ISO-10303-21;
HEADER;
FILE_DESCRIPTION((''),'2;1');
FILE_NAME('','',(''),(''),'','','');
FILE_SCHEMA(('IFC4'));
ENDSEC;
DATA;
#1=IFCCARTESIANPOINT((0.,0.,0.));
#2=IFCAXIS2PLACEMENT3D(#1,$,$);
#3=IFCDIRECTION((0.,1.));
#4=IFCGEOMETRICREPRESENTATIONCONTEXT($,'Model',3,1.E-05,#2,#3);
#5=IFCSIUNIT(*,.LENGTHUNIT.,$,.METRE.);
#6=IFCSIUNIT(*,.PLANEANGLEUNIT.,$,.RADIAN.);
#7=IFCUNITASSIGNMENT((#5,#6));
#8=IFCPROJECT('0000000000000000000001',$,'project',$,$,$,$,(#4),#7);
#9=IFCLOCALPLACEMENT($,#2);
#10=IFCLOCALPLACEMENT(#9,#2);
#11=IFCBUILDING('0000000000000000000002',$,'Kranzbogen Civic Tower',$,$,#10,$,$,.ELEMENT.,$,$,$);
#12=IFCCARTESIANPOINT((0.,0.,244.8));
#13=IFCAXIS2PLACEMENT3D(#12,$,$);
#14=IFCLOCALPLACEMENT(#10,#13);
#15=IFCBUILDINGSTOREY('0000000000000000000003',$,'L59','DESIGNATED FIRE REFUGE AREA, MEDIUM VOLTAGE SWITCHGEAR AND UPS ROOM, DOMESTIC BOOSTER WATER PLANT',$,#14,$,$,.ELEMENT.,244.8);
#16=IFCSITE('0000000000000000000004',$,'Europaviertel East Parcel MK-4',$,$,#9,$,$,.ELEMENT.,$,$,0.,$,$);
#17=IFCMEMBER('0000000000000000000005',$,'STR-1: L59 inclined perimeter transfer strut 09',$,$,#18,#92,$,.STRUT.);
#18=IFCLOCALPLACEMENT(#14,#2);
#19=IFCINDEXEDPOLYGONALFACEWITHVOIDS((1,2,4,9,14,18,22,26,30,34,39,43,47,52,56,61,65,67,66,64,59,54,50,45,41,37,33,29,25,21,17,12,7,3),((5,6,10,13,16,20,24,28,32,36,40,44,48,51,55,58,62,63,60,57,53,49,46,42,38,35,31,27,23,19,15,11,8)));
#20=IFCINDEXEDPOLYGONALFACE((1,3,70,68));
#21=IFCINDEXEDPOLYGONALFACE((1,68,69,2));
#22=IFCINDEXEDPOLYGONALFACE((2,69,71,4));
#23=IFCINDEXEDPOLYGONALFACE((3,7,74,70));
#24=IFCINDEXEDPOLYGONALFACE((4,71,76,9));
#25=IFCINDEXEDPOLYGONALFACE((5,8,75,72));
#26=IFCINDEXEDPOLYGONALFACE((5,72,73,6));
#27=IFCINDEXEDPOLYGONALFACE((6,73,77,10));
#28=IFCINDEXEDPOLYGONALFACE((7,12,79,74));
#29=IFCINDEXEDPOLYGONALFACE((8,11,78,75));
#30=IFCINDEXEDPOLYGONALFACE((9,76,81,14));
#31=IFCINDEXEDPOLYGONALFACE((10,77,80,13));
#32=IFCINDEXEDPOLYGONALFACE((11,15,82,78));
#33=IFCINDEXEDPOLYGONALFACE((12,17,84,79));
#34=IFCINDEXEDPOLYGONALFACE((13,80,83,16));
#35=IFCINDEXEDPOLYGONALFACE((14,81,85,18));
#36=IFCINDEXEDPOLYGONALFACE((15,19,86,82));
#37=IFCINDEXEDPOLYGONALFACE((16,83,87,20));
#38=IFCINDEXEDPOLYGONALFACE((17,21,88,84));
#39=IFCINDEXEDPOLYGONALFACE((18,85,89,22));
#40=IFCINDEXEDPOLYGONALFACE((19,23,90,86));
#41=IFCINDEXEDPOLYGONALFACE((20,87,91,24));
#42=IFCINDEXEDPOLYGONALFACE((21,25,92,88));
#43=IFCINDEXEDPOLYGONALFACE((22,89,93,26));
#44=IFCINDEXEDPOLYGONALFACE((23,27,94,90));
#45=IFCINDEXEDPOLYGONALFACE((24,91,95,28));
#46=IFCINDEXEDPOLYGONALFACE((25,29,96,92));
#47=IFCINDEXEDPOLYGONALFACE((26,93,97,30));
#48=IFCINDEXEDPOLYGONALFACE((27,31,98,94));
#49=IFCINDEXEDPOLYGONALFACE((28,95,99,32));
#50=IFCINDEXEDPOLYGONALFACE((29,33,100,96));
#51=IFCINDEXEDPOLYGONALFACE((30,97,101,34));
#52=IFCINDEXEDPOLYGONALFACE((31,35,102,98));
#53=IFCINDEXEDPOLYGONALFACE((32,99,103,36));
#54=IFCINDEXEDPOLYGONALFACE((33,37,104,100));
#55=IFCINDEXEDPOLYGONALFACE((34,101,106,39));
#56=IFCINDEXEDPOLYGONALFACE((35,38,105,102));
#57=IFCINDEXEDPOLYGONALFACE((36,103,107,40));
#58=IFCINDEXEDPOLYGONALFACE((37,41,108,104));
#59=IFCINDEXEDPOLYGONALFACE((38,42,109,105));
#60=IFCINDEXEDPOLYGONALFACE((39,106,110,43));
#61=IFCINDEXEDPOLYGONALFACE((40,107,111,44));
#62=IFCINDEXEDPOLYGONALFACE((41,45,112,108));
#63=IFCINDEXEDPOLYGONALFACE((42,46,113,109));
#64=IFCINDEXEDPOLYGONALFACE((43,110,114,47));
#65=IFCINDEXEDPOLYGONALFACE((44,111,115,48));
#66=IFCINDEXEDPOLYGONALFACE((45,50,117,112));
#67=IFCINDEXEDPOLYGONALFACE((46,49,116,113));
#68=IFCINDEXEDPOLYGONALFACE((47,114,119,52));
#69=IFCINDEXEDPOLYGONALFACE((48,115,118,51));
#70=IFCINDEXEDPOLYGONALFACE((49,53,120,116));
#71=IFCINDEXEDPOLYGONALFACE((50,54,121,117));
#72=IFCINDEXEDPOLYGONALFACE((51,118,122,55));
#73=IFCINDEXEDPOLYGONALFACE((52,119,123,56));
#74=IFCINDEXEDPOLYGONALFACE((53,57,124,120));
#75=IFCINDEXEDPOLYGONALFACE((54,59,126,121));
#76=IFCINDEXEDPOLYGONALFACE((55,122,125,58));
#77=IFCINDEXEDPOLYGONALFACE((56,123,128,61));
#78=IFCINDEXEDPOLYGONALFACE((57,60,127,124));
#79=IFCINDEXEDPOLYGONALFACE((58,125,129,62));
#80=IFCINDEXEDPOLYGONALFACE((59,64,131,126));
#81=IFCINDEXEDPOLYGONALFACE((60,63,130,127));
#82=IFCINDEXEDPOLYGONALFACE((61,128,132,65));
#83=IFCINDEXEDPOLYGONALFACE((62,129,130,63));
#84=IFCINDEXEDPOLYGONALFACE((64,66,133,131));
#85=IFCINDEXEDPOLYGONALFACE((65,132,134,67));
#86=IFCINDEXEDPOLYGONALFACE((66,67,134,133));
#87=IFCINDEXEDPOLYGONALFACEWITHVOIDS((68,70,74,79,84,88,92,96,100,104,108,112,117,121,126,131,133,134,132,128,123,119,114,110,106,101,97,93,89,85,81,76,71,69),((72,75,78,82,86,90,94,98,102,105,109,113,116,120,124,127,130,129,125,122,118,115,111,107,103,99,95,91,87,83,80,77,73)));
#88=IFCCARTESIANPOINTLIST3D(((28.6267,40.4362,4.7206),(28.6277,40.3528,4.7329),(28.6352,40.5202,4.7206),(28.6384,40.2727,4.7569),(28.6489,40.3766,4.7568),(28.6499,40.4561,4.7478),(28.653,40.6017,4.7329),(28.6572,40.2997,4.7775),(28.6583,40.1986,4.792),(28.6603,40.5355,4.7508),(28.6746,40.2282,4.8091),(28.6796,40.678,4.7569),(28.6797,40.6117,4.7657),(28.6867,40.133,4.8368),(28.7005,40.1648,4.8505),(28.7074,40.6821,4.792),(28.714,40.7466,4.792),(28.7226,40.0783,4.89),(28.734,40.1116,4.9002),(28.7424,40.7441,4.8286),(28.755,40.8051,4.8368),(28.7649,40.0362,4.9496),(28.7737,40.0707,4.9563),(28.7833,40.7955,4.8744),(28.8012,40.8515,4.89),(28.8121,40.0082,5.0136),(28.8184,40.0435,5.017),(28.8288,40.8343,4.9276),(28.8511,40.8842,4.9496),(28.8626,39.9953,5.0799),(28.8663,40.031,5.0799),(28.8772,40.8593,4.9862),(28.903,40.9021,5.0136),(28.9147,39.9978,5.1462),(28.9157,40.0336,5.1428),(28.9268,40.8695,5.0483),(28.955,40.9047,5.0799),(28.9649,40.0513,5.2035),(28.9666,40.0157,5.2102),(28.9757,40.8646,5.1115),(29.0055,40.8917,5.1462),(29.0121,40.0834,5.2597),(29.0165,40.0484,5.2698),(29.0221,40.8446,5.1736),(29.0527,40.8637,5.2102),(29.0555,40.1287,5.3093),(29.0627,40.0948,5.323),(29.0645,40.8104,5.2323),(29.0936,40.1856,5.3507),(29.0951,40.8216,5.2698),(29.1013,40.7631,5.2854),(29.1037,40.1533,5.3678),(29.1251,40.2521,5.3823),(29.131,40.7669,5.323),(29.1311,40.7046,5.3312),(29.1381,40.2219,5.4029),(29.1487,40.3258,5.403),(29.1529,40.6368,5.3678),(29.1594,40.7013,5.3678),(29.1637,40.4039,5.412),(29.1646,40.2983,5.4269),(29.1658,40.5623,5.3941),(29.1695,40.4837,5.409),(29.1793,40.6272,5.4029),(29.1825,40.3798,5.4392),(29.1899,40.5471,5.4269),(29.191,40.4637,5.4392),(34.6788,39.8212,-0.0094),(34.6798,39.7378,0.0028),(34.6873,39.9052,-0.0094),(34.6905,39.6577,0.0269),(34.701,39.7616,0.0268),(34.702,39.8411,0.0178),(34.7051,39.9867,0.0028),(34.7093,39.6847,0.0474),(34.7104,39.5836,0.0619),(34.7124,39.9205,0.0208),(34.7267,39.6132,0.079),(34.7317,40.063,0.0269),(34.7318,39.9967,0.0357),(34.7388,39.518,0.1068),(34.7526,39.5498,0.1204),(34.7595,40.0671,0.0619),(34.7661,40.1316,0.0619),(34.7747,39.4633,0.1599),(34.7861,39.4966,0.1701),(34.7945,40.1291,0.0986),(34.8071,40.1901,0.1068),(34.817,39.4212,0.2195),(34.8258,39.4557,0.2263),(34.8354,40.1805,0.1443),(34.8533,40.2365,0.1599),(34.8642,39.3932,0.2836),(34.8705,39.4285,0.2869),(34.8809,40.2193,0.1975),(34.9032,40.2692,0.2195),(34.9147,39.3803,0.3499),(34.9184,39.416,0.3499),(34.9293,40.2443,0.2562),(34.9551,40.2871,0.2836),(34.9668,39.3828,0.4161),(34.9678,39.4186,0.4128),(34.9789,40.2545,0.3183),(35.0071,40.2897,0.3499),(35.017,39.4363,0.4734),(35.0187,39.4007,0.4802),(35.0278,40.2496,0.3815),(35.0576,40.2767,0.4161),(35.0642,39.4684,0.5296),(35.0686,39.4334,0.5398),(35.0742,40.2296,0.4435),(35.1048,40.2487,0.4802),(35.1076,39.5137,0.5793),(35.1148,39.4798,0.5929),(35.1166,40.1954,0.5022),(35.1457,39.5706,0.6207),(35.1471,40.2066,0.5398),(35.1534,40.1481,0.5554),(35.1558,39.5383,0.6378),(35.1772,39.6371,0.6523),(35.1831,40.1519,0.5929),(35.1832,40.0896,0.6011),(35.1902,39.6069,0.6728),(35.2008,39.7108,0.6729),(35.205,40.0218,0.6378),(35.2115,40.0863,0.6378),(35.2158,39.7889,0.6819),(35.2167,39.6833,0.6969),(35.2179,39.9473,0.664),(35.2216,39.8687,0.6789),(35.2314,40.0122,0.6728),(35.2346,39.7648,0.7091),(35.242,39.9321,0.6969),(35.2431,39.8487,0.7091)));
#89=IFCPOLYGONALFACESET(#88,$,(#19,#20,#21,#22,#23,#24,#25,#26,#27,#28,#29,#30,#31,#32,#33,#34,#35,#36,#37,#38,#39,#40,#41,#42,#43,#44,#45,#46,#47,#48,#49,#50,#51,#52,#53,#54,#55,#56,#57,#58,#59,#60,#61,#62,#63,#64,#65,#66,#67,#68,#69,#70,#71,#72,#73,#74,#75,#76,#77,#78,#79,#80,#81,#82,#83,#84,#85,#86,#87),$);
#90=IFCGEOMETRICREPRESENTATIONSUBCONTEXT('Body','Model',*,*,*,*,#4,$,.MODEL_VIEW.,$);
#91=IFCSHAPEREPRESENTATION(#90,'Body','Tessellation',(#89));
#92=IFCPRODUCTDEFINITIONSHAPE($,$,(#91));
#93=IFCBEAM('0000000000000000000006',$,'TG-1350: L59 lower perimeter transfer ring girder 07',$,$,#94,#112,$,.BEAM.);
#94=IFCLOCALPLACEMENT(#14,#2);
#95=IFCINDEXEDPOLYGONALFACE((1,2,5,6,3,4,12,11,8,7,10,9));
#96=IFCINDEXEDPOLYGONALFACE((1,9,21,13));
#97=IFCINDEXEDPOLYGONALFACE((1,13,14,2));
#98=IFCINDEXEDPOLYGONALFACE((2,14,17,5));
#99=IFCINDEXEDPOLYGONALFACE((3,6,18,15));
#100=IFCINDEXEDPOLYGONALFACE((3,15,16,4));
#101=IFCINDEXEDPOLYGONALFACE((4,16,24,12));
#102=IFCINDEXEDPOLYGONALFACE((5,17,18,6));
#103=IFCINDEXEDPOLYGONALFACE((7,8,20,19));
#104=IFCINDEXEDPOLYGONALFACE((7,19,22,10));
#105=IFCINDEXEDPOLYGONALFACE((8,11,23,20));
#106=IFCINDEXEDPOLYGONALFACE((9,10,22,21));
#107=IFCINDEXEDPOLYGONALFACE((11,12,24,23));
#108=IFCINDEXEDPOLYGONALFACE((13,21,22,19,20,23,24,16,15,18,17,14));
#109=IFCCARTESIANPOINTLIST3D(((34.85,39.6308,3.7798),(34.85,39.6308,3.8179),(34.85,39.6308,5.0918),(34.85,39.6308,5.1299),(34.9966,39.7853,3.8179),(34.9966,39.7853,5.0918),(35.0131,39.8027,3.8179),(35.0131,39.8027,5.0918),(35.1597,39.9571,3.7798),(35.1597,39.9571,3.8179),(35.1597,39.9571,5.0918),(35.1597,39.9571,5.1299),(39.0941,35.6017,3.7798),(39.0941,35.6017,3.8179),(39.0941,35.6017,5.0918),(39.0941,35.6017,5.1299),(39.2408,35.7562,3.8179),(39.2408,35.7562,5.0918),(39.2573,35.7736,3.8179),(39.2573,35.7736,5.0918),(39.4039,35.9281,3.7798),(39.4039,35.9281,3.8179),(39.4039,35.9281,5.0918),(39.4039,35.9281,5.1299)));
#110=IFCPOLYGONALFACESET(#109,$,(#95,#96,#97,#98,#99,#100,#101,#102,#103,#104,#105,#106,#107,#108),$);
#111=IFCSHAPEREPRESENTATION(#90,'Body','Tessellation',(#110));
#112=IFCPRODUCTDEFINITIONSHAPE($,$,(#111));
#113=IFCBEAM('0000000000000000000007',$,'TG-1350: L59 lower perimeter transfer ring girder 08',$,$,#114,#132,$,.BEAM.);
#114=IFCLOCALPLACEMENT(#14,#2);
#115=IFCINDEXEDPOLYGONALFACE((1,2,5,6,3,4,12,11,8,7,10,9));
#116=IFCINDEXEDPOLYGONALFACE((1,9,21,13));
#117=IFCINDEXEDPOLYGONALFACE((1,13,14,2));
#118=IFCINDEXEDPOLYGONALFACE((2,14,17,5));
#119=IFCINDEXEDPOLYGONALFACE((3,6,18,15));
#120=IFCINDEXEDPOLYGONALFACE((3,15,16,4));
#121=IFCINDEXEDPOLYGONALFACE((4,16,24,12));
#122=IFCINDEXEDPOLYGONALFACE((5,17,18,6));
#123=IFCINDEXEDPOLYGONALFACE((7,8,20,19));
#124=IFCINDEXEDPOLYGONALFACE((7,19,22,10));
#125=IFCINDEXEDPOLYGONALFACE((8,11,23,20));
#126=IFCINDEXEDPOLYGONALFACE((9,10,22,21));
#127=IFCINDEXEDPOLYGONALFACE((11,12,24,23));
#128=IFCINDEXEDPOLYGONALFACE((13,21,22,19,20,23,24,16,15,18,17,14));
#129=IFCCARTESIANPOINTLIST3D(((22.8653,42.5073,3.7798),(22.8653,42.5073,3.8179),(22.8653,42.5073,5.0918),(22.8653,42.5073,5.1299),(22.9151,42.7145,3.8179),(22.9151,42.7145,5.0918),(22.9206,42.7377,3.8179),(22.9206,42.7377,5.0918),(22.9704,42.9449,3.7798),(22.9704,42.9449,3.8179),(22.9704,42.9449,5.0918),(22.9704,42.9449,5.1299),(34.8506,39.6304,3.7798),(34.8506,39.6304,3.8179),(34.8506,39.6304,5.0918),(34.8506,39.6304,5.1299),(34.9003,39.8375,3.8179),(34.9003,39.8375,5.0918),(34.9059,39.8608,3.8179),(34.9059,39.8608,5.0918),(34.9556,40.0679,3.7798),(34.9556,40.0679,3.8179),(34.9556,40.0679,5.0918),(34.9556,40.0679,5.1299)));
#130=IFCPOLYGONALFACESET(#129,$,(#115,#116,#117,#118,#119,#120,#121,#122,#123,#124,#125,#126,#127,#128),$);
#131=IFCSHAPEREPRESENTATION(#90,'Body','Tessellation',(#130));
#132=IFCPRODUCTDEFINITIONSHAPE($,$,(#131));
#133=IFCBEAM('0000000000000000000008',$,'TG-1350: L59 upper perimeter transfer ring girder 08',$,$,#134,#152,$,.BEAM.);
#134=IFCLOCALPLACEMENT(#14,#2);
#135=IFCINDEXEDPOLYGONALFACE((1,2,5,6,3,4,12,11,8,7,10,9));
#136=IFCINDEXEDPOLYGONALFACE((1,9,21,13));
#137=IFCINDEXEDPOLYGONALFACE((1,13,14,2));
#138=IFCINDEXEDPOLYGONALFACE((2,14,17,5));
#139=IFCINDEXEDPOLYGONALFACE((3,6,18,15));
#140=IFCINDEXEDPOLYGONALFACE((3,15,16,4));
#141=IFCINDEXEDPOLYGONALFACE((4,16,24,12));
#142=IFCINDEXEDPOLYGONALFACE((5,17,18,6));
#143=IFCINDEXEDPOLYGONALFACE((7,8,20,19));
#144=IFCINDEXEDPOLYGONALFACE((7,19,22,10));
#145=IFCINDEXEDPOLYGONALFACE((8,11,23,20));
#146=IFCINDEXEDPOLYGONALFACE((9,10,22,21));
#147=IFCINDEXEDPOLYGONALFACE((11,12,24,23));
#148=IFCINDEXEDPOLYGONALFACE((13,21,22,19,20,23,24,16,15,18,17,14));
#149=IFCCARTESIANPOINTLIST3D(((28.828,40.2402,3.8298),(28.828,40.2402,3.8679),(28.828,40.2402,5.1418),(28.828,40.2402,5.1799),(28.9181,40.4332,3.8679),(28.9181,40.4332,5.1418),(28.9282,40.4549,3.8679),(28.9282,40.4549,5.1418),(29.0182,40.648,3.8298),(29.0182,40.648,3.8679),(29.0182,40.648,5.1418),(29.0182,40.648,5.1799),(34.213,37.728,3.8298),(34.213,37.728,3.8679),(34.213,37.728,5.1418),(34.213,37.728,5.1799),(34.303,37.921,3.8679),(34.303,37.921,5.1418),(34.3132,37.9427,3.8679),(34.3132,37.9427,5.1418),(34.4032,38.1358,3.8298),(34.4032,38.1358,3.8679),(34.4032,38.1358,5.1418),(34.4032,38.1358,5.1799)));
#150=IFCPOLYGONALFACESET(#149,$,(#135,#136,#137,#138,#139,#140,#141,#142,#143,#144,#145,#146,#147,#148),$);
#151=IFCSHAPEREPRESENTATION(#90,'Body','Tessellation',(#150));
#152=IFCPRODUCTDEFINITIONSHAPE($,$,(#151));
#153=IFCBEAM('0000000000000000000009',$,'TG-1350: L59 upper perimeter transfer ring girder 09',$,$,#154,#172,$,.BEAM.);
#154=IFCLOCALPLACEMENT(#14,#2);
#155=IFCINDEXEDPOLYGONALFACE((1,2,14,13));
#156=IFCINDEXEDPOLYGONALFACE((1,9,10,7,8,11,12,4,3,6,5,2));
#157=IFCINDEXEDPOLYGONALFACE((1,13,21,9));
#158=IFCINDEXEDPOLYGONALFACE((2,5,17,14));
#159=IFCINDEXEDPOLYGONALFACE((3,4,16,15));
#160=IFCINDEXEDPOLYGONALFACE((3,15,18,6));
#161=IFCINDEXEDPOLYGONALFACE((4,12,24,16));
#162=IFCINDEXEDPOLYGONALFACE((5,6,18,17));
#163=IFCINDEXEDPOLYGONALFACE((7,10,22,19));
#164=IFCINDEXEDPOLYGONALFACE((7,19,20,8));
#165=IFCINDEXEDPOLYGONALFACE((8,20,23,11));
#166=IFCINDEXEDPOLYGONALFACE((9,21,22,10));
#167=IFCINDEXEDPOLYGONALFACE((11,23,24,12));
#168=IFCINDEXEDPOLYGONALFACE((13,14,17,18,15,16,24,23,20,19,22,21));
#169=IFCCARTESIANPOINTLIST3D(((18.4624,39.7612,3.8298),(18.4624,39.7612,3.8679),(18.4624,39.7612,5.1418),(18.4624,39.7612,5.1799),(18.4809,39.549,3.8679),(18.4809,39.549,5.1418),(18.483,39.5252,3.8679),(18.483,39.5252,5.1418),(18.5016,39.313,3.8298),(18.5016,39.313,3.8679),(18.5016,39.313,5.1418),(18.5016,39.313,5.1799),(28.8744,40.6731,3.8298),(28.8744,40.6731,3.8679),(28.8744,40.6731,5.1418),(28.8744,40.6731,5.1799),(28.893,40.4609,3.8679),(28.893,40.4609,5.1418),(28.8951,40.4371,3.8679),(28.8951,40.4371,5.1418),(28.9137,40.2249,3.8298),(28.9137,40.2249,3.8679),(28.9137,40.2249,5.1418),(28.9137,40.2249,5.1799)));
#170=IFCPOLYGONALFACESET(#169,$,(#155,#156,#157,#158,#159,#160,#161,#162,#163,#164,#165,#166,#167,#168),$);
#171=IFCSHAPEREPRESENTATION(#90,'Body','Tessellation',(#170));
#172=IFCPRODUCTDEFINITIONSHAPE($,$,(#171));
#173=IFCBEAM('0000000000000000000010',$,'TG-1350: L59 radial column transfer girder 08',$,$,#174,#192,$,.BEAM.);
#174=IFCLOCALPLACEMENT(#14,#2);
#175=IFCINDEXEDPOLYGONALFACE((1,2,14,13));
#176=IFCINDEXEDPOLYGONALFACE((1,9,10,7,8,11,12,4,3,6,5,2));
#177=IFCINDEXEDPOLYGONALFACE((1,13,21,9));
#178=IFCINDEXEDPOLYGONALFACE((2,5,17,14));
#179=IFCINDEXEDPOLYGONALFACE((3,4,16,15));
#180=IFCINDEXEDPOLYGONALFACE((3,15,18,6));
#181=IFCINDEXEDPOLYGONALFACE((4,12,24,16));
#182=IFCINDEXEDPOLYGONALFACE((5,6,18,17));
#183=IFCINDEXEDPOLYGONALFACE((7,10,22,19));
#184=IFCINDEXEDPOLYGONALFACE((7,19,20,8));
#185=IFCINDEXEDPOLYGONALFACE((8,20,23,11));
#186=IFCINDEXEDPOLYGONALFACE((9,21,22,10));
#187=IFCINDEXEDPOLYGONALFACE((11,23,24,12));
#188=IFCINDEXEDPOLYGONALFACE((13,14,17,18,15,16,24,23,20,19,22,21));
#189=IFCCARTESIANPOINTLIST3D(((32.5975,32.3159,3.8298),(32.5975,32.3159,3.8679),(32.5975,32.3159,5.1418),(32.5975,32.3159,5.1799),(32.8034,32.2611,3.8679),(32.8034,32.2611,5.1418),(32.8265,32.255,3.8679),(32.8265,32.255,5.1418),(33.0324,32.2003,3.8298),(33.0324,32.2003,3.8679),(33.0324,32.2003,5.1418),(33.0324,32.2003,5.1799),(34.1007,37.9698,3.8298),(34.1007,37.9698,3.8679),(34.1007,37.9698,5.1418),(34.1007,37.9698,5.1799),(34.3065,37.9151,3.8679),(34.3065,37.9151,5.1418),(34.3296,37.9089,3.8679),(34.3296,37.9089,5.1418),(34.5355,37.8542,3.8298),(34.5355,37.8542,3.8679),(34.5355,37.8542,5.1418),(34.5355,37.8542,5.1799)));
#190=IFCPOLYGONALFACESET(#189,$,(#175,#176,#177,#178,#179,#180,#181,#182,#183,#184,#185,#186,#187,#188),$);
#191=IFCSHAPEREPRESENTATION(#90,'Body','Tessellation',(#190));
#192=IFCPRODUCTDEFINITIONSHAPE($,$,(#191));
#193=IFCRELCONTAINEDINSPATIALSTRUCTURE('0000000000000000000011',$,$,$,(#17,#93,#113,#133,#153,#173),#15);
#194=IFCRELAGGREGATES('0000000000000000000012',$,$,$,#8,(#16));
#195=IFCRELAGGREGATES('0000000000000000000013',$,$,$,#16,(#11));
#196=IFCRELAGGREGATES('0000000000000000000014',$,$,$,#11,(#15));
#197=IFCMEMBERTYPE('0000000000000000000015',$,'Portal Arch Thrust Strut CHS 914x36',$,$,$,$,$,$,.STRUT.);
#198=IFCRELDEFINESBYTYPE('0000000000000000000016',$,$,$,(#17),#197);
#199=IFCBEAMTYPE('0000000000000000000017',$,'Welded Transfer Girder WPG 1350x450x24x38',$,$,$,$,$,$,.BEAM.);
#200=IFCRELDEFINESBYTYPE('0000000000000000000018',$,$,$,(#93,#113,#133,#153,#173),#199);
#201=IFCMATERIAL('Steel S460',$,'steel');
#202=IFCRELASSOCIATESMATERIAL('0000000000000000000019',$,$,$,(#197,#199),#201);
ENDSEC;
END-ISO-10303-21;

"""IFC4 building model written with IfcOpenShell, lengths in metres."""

from ifc_helpers import new_model, si_unit, direction, frame, origin, origin_2d, place, context, subcontext, project, spatial, hollow_circle, i_section, extrude, material, material_profile, profile_set, type_object, element, save


model = new_model("IFC4")

# Units and contexts
model_context = context("Model", 3, precision=1e-05, world=origin(), true_north=direction((0.0, 1.0)))
body_context = subcontext(model_context, "Body", "Model", "MODEL_VIEW")
ifc_project = project(units=[si_unit("LENGTHUNIT", "METRE"), si_unit("PLANEANGLEUNIT", "RADIAN")], contexts=[model_context])

# Site, building, storey
site_placement = place(None, origin())
site = spatial("IfcSite", under=ifc_project, at=site_placement, Name="Europaviertel East Parcel MK-4", CompositionType="ELEMENT", RefElevation=0.0)
building_placement = place(site_placement, origin())
building = spatial("IfcBuilding", under=site, at=building_placement, Name="Kranzbogen Civic Tower", CompositionType="ELEMENT")
storey_placement = place(building_placement, frame((0.0, 0.0, 244.8)))
storey = spatial("IfcBuildingStorey", under=building, at=storey_placement, Name="L59", Description="DESIGNATED FIRE REFUGE AREA, MEDIUM VOLTAGE SWITCHGEAR AND UPS ROOM, DOMESTIC BOOSTER WATER PLANT", CompositionType="ELEMENT", Elevation=244.8)

# Member
ifc_material_1 = material(Name="Steel S460", Category="steel")
ifc_material_profile_1 = material_profile(ifc_material_1, hollow_circle(Radius=0.457, WallThickness=0.0359, at=origin_2d()), Name="CHS 914x36")
ifc_profile_set_1 = profile_set([ifc_material_profile_1], Name="Steel S460")
member_type_1 = type_object("IfcMemberType", Name="Portal Arch Thrust Strut CHS 914x36", PredefinedType="STRUT", material=ifc_profile_set_1)
member_1_placement = place(storey_placement, frame((34.9609, 39.835, 0.3499), z_axis=(-0.785394, 0.07981, 0.61383), x_axis=(-0.101097, -0.994877, 0.0)))
element("IfcMember", 1, at=member_1_placement, inside=storey, type_object=member_type_1, Name="STR-1: L59 inclined perimeter transfer strut 09", PredefinedType="STRUT", context=body_context, shape_type="SweptSolid", body=[
    extrude(hollow_circle(Radius=0.457, WallThickness=0.0359, at=origin_2d()), origin(), (0.0, 0.0, 1.0), 7.7058),
])

# Beams
ifc_material_profile_2 = material_profile(ifc_material_1, i_section(OverallWidth=0.45, OverallDepth=1.3501, WebThickness=0.0239, FlangeThickness=0.0381, at=origin_2d()), Name="WPG 1350x450x24x38")
ifc_profile_set_2 = profile_set([ifc_material_profile_2], Name="Steel S460")
beam_type = type_object("IfcBeamType", Name="Welded Transfer Girder WPG 1350x450x24x38", PredefinedType="BEAM", material=ifc_profile_set_2)
beam_1_placement = place(storey_placement, frame((39.249, 35.7649, 4.4548), z_axis=(-0.725245, 0.688491, 0.0), x_axis=(-0.688491, -0.725245, 0.0)))
element("IfcBeam", 2, at=beam_1_placement, inside=storey, type_object=beam_type, Name="TG-1350: L59 lower perimeter transfer ring girder 07", PredefinedType="BEAM", context=body_context, shape_type="SweptSolid", body=[
    extrude(i_section(OverallWidth=0.45, OverallDepth=1.3501, WebThickness=0.0239, FlangeThickness=0.0381, at=origin_2d()), origin(), (0.0, 0.0, 1.0), 5.8521),
])
beam_2_placement = place(storey_placement, frame((34.9031, 39.8491, 4.4548), z_axis=(-0.972378, 0.233413, 0.0), x_axis=(-0.233413, -0.972378, 0.0)))
element("IfcBeam", 3, at=beam_2_placement, inside=storey, type_object=beam_type, Name="TG-1350: L59 lower perimeter transfer ring girder 08", PredefinedType="BEAM", context=body_context, shape_type="SweptSolid", body=[
    extrude(i_section(OverallWidth=0.45, OverallDepth=1.3501, WebThickness=0.0239, FlangeThickness=0.0381, at=origin_2d()), origin(), (0.0, 0.0, 1.0), 12.3257),
])
beam_3_placement = place(storey_placement, frame((34.3081, 37.9319, 4.5049), z_axis=(-0.906235, 0.422775, 0.0), x_axis=(-0.422775, -0.906235, 0.0)))
element("IfcBeam", 4, at=beam_3_placement, inside=storey, type_object=beam_type, Name="TG-1350: L59 upper perimeter transfer ring girder 08", PredefinedType="BEAM", context=body_context, shape_type="SweptSolid", body=[
    extrude(i_section(OverallWidth=0.45, OverallDepth=1.3501, WebThickness=0.0239, FlangeThickness=0.0381, at=origin_2d()), origin(), (0.0, 0.0, 1.0), 5.9421),
])
beam_4_placement = place(storey_placement, frame((28.894, 40.449, 4.5049), z_axis=(-0.996187, -0.087243, 0.0), x_axis=(0.087243, -0.996187, 0.0)))
element("IfcBeam", 5, at=beam_4_placement, inside=storey, type_object=beam_type, Name="TG-1350: L59 upper perimeter transfer ring girder 09", PredefinedType="BEAM", context=body_context, shape_type="SweptSolid", body=[
    extrude(i_section(OverallWidth=0.45, OverallDepth=1.3501, WebThickness=0.0239, FlangeThickness=0.0381, at=origin_2d()), origin(), (0.0, 0.0, 1.0), 10.4519),
])
beam_5_placement = place(storey_placement, frame((32.8149, 32.2581, 4.5049), z_axis=(0.256933, 0.966429, 0.0), x_axis=(-0.966429, 0.256933, 0.0)))
element("IfcBeam", 6, at=beam_5_placement, inside=storey, type_object=beam_type, Name="TG-1350: L59 radial column transfer girder 08", PredefinedType="BEAM", context=body_context, shape_type="SweptSolid", body=[
    extrude(i_section(OverallWidth=0.45, OverallDepth=1.3501, WebThickness=0.0239, FlangeThickness=0.0381, at=origin_2d()), origin(), (0.0, 0.0, 1.0), 5.8503),
])

save(model, "model.ifc")
